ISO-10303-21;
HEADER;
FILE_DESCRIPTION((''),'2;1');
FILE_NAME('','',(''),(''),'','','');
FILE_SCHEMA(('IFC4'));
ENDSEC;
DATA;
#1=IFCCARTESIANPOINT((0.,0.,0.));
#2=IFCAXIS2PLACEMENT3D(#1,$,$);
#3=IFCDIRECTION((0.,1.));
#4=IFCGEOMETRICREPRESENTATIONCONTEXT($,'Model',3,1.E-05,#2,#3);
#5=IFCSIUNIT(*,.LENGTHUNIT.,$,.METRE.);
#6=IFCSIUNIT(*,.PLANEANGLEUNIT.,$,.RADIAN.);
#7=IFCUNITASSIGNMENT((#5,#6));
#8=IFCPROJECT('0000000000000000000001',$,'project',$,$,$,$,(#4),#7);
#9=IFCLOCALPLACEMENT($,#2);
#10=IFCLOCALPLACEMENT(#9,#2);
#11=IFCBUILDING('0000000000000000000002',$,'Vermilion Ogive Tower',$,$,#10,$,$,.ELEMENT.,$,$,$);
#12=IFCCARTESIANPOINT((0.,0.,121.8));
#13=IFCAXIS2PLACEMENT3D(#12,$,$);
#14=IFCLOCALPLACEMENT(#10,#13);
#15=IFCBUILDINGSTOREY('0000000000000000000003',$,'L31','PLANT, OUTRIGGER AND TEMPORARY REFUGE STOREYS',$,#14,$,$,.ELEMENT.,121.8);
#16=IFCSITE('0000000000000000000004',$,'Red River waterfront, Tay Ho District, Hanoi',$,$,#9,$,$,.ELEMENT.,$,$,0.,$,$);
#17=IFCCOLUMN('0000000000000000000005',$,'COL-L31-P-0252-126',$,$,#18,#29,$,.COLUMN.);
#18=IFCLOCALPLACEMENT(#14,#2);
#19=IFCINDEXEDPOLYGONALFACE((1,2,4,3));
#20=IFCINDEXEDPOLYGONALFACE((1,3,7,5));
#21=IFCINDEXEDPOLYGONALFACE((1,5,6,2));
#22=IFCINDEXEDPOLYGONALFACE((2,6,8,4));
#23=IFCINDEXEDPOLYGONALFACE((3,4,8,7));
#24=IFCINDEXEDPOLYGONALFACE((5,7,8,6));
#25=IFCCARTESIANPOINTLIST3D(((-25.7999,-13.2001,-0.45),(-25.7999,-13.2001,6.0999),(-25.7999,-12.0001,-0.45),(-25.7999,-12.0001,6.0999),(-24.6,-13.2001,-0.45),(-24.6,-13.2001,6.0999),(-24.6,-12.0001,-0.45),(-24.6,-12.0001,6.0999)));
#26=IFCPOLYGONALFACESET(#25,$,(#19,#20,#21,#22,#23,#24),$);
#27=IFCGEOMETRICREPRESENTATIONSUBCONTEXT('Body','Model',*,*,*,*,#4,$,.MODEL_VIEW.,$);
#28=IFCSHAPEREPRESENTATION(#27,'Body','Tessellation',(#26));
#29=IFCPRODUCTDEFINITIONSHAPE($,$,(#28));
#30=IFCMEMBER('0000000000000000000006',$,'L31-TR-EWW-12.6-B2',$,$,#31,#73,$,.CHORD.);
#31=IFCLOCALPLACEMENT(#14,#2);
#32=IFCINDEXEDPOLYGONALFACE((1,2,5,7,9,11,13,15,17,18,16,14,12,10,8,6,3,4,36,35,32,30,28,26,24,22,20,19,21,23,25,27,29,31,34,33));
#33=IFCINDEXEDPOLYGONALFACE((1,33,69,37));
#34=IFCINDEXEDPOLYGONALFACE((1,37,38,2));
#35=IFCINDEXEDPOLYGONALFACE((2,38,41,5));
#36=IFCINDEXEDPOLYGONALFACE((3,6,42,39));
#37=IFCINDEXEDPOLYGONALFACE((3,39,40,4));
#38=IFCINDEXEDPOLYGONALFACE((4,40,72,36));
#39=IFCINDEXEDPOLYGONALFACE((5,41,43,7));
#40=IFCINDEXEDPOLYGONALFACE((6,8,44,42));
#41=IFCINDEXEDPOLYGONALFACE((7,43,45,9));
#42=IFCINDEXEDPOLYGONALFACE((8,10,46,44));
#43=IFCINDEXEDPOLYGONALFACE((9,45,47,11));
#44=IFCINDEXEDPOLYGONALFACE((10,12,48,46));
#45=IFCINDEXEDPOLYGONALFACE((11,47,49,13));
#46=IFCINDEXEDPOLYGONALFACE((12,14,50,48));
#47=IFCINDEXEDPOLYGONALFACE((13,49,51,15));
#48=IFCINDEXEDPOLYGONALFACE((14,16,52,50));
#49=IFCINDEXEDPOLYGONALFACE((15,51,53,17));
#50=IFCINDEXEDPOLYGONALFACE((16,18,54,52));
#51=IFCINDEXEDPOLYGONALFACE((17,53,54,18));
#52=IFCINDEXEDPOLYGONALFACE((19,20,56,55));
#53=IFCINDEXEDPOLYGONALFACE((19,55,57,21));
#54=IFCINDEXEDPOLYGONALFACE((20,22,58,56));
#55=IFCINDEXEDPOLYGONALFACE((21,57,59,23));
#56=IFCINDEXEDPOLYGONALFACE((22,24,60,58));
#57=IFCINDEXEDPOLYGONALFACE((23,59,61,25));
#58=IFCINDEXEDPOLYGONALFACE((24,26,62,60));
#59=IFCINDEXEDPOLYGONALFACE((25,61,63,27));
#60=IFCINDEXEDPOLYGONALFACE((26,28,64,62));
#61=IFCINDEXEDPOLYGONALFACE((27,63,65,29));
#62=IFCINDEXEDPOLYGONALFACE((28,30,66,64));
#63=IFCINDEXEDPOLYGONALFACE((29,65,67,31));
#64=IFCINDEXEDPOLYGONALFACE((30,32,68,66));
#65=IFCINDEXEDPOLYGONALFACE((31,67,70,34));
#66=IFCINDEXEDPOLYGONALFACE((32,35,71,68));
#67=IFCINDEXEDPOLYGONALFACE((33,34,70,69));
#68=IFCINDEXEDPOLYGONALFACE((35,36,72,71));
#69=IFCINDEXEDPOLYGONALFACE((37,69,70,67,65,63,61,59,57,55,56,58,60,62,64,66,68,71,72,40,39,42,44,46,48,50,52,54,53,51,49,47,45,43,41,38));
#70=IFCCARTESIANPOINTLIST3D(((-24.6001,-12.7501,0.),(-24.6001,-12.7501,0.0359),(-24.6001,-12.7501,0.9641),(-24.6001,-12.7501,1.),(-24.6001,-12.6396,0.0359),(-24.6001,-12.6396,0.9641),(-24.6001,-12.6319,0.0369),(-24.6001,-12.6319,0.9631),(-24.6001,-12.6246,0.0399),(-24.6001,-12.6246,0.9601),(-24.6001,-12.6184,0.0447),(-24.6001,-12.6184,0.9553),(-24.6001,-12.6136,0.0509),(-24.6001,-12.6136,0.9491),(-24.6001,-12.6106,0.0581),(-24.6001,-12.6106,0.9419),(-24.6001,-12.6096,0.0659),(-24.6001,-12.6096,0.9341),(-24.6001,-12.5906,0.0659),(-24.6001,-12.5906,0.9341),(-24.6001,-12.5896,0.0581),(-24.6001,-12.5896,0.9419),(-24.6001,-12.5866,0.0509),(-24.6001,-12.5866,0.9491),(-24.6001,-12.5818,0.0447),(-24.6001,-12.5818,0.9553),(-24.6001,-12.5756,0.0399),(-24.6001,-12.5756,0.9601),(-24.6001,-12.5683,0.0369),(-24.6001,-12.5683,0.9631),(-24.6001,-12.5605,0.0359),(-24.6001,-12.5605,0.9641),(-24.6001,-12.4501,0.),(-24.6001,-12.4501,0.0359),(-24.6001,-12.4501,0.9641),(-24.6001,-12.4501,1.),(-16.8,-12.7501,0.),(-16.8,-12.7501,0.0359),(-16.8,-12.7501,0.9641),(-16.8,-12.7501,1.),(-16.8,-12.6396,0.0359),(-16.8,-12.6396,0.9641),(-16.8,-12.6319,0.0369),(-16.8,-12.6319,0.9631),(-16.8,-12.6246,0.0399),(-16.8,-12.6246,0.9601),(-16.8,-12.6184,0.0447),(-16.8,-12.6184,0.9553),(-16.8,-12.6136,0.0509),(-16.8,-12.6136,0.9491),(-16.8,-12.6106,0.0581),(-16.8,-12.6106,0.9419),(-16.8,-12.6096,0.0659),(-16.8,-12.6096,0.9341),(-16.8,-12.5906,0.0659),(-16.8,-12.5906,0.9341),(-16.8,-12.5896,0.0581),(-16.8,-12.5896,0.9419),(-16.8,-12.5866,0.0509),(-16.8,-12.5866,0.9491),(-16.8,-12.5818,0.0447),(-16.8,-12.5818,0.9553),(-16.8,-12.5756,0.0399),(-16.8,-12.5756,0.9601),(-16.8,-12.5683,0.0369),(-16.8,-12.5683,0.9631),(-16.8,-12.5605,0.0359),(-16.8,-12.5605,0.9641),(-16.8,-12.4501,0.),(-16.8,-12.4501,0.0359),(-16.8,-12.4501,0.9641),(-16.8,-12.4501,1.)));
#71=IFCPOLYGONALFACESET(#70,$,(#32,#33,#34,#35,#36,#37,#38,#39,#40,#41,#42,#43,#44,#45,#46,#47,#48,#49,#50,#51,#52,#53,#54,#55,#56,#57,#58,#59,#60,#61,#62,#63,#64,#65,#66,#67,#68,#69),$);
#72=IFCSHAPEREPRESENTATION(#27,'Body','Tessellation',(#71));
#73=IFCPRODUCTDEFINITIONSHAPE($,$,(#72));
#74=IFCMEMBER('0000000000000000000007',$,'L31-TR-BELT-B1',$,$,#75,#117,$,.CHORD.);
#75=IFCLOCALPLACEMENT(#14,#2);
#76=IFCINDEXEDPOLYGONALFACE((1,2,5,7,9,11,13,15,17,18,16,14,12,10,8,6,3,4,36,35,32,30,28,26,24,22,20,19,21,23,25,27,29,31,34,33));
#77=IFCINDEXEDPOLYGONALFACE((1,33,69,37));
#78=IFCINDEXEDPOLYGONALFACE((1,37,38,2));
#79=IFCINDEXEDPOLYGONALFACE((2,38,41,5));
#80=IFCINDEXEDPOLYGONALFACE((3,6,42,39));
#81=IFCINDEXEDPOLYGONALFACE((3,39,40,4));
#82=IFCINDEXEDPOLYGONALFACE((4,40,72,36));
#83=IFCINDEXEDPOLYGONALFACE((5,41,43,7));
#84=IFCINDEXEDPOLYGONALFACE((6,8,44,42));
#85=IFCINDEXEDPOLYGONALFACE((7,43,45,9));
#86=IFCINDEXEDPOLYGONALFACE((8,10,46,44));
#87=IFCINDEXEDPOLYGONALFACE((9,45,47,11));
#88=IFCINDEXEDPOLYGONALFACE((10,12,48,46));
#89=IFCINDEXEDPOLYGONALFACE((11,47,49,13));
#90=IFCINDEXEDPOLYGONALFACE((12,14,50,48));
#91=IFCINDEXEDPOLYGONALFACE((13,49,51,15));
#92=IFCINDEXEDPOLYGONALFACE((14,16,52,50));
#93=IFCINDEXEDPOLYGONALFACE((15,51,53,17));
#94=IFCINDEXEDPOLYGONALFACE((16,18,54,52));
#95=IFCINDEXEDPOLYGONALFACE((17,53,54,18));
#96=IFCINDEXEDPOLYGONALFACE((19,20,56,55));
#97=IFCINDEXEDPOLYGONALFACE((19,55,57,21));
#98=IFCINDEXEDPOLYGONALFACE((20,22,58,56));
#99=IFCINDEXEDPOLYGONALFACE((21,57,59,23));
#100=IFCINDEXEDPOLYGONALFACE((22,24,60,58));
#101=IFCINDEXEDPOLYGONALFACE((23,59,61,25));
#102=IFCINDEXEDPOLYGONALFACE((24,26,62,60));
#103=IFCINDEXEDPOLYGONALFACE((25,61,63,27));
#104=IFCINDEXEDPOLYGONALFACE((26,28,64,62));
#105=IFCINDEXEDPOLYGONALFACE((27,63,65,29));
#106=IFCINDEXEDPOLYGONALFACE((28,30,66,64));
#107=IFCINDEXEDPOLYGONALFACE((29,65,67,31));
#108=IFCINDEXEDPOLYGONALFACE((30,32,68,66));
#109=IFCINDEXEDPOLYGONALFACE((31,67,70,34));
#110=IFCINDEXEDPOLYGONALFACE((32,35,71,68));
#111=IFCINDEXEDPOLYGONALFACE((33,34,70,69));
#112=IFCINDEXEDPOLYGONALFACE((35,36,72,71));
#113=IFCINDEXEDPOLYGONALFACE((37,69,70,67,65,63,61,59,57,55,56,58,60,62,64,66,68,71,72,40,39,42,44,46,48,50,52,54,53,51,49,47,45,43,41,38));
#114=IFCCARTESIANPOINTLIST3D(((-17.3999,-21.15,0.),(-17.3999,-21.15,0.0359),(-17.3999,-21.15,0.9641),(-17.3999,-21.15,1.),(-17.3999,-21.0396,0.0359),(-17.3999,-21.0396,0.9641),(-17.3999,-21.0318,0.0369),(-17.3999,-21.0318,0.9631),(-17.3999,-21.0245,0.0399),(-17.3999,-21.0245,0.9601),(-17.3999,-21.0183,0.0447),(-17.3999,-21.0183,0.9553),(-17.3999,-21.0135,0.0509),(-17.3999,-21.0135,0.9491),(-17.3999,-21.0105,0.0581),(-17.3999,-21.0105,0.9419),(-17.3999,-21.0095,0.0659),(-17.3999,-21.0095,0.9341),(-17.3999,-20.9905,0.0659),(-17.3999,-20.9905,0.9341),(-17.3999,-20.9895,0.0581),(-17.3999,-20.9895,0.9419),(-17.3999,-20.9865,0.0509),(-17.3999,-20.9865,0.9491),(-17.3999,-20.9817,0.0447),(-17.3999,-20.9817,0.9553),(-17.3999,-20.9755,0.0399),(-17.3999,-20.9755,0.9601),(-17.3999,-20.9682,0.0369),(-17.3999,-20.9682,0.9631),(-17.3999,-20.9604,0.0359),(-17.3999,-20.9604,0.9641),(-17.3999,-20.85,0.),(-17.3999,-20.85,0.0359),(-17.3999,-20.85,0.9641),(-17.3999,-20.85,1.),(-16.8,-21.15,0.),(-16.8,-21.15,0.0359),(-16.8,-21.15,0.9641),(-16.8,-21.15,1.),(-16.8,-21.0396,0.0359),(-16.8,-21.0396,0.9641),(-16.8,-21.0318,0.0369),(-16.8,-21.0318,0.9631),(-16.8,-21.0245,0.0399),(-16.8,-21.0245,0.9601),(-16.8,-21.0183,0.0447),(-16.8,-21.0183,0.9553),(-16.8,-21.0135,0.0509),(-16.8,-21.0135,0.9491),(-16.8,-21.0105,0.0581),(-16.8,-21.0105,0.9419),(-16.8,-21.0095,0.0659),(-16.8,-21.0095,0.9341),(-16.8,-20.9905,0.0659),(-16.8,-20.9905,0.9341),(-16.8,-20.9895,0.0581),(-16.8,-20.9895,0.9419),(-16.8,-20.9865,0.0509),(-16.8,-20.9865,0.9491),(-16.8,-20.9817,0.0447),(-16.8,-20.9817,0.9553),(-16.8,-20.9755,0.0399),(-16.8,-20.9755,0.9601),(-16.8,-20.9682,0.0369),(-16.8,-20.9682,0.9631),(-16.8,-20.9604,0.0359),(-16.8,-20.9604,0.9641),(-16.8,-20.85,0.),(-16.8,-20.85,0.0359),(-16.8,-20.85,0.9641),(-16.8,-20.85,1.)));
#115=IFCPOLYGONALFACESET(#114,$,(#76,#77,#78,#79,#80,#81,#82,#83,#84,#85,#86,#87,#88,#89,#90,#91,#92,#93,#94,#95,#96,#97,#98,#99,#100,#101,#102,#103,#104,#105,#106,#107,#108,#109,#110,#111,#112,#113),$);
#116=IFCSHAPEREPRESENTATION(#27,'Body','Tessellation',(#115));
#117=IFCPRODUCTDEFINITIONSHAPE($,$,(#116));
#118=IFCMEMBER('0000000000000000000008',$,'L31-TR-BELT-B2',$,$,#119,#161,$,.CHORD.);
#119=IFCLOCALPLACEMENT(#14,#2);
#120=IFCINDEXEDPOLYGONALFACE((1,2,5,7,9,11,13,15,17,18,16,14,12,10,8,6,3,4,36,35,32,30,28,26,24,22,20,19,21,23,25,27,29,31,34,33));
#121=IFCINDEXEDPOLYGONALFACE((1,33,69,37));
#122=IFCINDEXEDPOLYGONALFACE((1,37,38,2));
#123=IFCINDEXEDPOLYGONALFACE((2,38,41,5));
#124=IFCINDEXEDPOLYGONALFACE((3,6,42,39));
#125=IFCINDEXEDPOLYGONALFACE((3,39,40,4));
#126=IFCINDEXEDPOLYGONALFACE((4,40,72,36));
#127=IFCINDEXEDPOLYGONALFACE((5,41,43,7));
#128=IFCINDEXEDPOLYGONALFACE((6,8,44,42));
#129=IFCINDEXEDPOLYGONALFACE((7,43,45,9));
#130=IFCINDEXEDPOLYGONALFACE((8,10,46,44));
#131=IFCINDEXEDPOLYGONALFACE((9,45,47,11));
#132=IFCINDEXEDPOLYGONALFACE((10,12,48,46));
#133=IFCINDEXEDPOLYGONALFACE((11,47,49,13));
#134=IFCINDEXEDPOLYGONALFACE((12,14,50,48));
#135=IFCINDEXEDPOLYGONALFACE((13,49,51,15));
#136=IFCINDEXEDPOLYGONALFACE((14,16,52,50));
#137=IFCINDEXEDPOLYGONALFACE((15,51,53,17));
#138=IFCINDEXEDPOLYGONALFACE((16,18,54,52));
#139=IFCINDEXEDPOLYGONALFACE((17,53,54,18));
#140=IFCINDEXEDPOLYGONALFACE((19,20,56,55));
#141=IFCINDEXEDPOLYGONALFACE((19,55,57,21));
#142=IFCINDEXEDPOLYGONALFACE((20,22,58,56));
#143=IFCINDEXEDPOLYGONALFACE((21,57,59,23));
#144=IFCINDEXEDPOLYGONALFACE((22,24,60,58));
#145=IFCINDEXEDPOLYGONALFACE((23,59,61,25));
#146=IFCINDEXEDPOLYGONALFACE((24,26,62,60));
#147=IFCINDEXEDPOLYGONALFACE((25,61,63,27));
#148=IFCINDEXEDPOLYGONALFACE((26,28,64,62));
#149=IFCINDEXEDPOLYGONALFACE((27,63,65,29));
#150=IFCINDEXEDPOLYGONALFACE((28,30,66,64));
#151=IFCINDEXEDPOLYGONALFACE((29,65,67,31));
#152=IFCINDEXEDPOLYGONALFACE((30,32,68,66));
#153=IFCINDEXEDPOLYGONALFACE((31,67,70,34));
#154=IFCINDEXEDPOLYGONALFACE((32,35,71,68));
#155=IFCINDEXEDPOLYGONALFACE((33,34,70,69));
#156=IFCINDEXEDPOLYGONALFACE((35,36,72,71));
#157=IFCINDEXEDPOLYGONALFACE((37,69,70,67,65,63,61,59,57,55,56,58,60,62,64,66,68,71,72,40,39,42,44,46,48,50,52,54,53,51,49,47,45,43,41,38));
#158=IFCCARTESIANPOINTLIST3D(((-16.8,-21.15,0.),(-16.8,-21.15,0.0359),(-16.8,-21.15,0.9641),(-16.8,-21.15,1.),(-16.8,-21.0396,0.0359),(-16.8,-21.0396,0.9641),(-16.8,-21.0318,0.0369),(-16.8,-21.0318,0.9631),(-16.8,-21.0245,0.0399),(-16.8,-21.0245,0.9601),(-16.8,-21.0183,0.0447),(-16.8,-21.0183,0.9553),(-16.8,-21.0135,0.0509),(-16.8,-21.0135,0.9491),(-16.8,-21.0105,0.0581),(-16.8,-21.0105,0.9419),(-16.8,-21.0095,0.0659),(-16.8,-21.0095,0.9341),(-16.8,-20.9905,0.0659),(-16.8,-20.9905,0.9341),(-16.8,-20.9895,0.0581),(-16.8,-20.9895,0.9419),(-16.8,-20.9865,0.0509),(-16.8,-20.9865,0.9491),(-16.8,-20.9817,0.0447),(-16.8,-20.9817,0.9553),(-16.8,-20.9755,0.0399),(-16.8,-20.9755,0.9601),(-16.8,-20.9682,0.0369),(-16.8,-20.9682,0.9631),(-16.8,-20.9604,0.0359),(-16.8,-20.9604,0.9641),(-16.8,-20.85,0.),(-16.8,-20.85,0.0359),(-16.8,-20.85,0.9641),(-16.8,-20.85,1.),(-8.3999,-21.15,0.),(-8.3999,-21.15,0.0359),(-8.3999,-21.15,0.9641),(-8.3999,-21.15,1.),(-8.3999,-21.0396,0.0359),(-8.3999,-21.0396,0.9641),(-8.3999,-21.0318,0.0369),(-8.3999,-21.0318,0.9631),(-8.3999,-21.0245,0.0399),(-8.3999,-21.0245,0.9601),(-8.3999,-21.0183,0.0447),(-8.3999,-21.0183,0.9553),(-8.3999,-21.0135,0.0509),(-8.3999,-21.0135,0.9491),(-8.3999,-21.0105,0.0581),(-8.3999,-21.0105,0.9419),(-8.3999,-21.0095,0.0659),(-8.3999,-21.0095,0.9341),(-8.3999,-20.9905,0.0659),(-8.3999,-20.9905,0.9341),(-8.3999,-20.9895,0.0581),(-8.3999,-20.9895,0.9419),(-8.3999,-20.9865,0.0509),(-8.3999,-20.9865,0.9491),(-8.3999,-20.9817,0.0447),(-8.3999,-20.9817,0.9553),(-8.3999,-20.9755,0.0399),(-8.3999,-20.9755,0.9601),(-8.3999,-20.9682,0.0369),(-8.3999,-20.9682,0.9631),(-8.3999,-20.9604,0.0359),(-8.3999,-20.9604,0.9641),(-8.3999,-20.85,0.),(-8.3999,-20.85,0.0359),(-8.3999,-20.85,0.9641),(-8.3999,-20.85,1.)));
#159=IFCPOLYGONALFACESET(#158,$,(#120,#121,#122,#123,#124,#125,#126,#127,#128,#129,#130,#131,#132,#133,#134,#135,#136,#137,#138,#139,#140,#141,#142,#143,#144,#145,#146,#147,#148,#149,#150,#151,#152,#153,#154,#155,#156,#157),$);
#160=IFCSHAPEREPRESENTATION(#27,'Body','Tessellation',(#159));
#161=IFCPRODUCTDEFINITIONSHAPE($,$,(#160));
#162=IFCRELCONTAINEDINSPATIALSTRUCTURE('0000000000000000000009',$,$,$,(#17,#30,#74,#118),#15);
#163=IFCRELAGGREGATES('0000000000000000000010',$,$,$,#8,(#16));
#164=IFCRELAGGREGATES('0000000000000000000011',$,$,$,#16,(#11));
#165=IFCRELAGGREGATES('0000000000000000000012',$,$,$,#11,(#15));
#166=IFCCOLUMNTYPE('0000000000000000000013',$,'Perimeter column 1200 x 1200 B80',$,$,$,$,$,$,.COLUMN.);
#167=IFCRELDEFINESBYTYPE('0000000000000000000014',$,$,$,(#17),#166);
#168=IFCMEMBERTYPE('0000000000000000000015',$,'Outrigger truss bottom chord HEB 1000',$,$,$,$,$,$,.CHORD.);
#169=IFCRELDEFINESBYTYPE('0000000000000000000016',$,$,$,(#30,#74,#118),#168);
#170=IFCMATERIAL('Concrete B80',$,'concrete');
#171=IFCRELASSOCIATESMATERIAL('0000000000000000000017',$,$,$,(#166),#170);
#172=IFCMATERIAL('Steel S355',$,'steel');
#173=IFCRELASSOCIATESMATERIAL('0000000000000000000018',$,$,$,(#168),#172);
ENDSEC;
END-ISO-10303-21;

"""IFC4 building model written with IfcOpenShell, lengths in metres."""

from ifc_helpers import new_model, si_unit, direction, frame, origin, origin_2d, place, context, subcontext, project, spatial, rectangle, i_section, extrude, material, material_profile, profile_set, type_object, element, save


model = new_model("IFC4")

# Units and contexts
model_context = context("Model", 3, precision=1e-05, world=origin(), true_north=direction((0.0, 1.0)))
body_context = subcontext(model_context, "Body", "Model", "MODEL_VIEW")
ifc_project = project(units=[si_unit("LENGTHUNIT", "METRE"), si_unit("PLANEANGLEUNIT", "RADIAN")], contexts=[model_context])

# Site, building, storey
site_placement = place(None, origin())
site = spatial("IfcSite", under=ifc_project, at=site_placement, Name="Red River waterfront, Tay Ho District, Hanoi", CompositionType="ELEMENT", RefElevation=0.0)
building_placement = place(site_placement, origin())
building = spatial("IfcBuilding", under=site, at=building_placement, Name="Vermilion Ogive Tower", CompositionType="ELEMENT")
storey_placement = place(building_placement, frame((0.0, 0.0, 121.8)))
storey = spatial("IfcBuildingStorey", under=building, at=storey_placement, Name="L31", Description="PLANT, OUTRIGGER AND TEMPORARY REFUGE STOREYS", CompositionType="ELEMENT", Elevation=121.8)

# Column
ifc_material_1 = material(Name="Concrete B80", Category="concrete")
ifc_material_profile_1 = material_profile(ifc_material_1, rectangle(XDim=1.2, YDim=1.2, at=origin_2d()), Name="1200 x 1200")
ifc_profile_set_1 = profile_set([ifc_material_profile_1], Name="Concrete B80")
column_type = type_object("IfcColumnType", Name="Perimeter column 1200 x 1200 B80", PredefinedType="COLUMN", material=ifc_profile_set_1)
column_placement = place(storey_placement, frame((-25.2, -12.6001, -0.45), z_axis=(0.0, 0.0, 1.0), x_axis=(1.0, 0.0, 0.0)))
element("IfcColumn", 1, at=column_placement, inside=storey, type_object=column_type, Name="COL-L31-P-0252-126", PredefinedType="COLUMN", context=body_context, shape_type="SweptSolid", body=[
    extrude(rectangle(XDim=1.2, YDim=1.2, at=origin_2d()), origin(), (0.0, 0.0, 1.0), 6.5498),
])

# Members
ifc_material_2 = material(Name="Steel S355", Category="steel")
ifc_material_profile_2 = material_profile(ifc_material_2, i_section(OverallWidth=0.3, OverallDepth=1.0, WebThickness=0.019, FlangeThickness=0.0359, FilletRadius=0.03, at=origin_2d()), Name="HEB 1000")
ifc_profile_set_2 = profile_set([ifc_material_profile_2], Name="Steel S355")
member_type_1 = type_object("IfcMemberType", Name="Outrigger truss bottom chord HEB 1000", PredefinedType="CHORD", material=ifc_profile_set_2)
member_1_placement = place(storey_placement, frame((-16.8, -12.6001, 0.5), z_axis=(-1.0, 0.0, 0.0), x_axis=(0.0, -1.0, 0.0)))
element("IfcMember", 2, at=member_1_placement, inside=storey, type_object=member_type_1, Name="L31-TR-EWW-12.6-B2", PredefinedType="CHORD", context=body_context, shape_type="SweptSolid", body=[
    extrude(i_section(OverallWidth=0.3, OverallDepth=1.0, WebThickness=0.019, FlangeThickness=0.0359, FilletRadius=0.03, at=origin_2d()), origin(), (0.0, 0.0, 1.0), 7.8),
])
member_2_placement = place(storey_placement, frame((-17.3999, -21.0, 0.5), z_axis=(1.0, 0.0, 0.0), x_axis=(0.0, 1.0, 0.0)))
element("IfcMember", 3, at=member_2_placement, inside=storey, type_object=member_type_1, Name="L31-TR-BELT-B1", PredefinedType="CHORD", context=body_context, shape_type="SweptSolid", body=[
    extrude(i_section(OverallWidth=0.3, OverallDepth=1.0, WebThickness=0.019, FlangeThickness=0.0359, FilletRadius=0.03, at=origin_2d()), origin(), (0.0, 0.0, 1.0), 0.5999),
])
member_3_placement = place(storey_placement, frame((-16.8, -21.0, 0.5), z_axis=(1.0, 0.0, 0.0), x_axis=(0.0, 1.0, 0.0)))
element("IfcMember", 4, at=member_3_placement, inside=storey, type_object=member_type_1, Name="L31-TR-BELT-B2", PredefinedType="CHORD", context=body_context, shape_type="SweptSolid", body=[
    extrude(i_section(OverallWidth=0.3, OverallDepth=1.0, WebThickness=0.019, FlangeThickness=0.0359, FilletRadius=0.03, at=origin_2d()), origin(), (0.0, 0.0, 1.0), 8.4001),
])

save(model, "model.ifc")
